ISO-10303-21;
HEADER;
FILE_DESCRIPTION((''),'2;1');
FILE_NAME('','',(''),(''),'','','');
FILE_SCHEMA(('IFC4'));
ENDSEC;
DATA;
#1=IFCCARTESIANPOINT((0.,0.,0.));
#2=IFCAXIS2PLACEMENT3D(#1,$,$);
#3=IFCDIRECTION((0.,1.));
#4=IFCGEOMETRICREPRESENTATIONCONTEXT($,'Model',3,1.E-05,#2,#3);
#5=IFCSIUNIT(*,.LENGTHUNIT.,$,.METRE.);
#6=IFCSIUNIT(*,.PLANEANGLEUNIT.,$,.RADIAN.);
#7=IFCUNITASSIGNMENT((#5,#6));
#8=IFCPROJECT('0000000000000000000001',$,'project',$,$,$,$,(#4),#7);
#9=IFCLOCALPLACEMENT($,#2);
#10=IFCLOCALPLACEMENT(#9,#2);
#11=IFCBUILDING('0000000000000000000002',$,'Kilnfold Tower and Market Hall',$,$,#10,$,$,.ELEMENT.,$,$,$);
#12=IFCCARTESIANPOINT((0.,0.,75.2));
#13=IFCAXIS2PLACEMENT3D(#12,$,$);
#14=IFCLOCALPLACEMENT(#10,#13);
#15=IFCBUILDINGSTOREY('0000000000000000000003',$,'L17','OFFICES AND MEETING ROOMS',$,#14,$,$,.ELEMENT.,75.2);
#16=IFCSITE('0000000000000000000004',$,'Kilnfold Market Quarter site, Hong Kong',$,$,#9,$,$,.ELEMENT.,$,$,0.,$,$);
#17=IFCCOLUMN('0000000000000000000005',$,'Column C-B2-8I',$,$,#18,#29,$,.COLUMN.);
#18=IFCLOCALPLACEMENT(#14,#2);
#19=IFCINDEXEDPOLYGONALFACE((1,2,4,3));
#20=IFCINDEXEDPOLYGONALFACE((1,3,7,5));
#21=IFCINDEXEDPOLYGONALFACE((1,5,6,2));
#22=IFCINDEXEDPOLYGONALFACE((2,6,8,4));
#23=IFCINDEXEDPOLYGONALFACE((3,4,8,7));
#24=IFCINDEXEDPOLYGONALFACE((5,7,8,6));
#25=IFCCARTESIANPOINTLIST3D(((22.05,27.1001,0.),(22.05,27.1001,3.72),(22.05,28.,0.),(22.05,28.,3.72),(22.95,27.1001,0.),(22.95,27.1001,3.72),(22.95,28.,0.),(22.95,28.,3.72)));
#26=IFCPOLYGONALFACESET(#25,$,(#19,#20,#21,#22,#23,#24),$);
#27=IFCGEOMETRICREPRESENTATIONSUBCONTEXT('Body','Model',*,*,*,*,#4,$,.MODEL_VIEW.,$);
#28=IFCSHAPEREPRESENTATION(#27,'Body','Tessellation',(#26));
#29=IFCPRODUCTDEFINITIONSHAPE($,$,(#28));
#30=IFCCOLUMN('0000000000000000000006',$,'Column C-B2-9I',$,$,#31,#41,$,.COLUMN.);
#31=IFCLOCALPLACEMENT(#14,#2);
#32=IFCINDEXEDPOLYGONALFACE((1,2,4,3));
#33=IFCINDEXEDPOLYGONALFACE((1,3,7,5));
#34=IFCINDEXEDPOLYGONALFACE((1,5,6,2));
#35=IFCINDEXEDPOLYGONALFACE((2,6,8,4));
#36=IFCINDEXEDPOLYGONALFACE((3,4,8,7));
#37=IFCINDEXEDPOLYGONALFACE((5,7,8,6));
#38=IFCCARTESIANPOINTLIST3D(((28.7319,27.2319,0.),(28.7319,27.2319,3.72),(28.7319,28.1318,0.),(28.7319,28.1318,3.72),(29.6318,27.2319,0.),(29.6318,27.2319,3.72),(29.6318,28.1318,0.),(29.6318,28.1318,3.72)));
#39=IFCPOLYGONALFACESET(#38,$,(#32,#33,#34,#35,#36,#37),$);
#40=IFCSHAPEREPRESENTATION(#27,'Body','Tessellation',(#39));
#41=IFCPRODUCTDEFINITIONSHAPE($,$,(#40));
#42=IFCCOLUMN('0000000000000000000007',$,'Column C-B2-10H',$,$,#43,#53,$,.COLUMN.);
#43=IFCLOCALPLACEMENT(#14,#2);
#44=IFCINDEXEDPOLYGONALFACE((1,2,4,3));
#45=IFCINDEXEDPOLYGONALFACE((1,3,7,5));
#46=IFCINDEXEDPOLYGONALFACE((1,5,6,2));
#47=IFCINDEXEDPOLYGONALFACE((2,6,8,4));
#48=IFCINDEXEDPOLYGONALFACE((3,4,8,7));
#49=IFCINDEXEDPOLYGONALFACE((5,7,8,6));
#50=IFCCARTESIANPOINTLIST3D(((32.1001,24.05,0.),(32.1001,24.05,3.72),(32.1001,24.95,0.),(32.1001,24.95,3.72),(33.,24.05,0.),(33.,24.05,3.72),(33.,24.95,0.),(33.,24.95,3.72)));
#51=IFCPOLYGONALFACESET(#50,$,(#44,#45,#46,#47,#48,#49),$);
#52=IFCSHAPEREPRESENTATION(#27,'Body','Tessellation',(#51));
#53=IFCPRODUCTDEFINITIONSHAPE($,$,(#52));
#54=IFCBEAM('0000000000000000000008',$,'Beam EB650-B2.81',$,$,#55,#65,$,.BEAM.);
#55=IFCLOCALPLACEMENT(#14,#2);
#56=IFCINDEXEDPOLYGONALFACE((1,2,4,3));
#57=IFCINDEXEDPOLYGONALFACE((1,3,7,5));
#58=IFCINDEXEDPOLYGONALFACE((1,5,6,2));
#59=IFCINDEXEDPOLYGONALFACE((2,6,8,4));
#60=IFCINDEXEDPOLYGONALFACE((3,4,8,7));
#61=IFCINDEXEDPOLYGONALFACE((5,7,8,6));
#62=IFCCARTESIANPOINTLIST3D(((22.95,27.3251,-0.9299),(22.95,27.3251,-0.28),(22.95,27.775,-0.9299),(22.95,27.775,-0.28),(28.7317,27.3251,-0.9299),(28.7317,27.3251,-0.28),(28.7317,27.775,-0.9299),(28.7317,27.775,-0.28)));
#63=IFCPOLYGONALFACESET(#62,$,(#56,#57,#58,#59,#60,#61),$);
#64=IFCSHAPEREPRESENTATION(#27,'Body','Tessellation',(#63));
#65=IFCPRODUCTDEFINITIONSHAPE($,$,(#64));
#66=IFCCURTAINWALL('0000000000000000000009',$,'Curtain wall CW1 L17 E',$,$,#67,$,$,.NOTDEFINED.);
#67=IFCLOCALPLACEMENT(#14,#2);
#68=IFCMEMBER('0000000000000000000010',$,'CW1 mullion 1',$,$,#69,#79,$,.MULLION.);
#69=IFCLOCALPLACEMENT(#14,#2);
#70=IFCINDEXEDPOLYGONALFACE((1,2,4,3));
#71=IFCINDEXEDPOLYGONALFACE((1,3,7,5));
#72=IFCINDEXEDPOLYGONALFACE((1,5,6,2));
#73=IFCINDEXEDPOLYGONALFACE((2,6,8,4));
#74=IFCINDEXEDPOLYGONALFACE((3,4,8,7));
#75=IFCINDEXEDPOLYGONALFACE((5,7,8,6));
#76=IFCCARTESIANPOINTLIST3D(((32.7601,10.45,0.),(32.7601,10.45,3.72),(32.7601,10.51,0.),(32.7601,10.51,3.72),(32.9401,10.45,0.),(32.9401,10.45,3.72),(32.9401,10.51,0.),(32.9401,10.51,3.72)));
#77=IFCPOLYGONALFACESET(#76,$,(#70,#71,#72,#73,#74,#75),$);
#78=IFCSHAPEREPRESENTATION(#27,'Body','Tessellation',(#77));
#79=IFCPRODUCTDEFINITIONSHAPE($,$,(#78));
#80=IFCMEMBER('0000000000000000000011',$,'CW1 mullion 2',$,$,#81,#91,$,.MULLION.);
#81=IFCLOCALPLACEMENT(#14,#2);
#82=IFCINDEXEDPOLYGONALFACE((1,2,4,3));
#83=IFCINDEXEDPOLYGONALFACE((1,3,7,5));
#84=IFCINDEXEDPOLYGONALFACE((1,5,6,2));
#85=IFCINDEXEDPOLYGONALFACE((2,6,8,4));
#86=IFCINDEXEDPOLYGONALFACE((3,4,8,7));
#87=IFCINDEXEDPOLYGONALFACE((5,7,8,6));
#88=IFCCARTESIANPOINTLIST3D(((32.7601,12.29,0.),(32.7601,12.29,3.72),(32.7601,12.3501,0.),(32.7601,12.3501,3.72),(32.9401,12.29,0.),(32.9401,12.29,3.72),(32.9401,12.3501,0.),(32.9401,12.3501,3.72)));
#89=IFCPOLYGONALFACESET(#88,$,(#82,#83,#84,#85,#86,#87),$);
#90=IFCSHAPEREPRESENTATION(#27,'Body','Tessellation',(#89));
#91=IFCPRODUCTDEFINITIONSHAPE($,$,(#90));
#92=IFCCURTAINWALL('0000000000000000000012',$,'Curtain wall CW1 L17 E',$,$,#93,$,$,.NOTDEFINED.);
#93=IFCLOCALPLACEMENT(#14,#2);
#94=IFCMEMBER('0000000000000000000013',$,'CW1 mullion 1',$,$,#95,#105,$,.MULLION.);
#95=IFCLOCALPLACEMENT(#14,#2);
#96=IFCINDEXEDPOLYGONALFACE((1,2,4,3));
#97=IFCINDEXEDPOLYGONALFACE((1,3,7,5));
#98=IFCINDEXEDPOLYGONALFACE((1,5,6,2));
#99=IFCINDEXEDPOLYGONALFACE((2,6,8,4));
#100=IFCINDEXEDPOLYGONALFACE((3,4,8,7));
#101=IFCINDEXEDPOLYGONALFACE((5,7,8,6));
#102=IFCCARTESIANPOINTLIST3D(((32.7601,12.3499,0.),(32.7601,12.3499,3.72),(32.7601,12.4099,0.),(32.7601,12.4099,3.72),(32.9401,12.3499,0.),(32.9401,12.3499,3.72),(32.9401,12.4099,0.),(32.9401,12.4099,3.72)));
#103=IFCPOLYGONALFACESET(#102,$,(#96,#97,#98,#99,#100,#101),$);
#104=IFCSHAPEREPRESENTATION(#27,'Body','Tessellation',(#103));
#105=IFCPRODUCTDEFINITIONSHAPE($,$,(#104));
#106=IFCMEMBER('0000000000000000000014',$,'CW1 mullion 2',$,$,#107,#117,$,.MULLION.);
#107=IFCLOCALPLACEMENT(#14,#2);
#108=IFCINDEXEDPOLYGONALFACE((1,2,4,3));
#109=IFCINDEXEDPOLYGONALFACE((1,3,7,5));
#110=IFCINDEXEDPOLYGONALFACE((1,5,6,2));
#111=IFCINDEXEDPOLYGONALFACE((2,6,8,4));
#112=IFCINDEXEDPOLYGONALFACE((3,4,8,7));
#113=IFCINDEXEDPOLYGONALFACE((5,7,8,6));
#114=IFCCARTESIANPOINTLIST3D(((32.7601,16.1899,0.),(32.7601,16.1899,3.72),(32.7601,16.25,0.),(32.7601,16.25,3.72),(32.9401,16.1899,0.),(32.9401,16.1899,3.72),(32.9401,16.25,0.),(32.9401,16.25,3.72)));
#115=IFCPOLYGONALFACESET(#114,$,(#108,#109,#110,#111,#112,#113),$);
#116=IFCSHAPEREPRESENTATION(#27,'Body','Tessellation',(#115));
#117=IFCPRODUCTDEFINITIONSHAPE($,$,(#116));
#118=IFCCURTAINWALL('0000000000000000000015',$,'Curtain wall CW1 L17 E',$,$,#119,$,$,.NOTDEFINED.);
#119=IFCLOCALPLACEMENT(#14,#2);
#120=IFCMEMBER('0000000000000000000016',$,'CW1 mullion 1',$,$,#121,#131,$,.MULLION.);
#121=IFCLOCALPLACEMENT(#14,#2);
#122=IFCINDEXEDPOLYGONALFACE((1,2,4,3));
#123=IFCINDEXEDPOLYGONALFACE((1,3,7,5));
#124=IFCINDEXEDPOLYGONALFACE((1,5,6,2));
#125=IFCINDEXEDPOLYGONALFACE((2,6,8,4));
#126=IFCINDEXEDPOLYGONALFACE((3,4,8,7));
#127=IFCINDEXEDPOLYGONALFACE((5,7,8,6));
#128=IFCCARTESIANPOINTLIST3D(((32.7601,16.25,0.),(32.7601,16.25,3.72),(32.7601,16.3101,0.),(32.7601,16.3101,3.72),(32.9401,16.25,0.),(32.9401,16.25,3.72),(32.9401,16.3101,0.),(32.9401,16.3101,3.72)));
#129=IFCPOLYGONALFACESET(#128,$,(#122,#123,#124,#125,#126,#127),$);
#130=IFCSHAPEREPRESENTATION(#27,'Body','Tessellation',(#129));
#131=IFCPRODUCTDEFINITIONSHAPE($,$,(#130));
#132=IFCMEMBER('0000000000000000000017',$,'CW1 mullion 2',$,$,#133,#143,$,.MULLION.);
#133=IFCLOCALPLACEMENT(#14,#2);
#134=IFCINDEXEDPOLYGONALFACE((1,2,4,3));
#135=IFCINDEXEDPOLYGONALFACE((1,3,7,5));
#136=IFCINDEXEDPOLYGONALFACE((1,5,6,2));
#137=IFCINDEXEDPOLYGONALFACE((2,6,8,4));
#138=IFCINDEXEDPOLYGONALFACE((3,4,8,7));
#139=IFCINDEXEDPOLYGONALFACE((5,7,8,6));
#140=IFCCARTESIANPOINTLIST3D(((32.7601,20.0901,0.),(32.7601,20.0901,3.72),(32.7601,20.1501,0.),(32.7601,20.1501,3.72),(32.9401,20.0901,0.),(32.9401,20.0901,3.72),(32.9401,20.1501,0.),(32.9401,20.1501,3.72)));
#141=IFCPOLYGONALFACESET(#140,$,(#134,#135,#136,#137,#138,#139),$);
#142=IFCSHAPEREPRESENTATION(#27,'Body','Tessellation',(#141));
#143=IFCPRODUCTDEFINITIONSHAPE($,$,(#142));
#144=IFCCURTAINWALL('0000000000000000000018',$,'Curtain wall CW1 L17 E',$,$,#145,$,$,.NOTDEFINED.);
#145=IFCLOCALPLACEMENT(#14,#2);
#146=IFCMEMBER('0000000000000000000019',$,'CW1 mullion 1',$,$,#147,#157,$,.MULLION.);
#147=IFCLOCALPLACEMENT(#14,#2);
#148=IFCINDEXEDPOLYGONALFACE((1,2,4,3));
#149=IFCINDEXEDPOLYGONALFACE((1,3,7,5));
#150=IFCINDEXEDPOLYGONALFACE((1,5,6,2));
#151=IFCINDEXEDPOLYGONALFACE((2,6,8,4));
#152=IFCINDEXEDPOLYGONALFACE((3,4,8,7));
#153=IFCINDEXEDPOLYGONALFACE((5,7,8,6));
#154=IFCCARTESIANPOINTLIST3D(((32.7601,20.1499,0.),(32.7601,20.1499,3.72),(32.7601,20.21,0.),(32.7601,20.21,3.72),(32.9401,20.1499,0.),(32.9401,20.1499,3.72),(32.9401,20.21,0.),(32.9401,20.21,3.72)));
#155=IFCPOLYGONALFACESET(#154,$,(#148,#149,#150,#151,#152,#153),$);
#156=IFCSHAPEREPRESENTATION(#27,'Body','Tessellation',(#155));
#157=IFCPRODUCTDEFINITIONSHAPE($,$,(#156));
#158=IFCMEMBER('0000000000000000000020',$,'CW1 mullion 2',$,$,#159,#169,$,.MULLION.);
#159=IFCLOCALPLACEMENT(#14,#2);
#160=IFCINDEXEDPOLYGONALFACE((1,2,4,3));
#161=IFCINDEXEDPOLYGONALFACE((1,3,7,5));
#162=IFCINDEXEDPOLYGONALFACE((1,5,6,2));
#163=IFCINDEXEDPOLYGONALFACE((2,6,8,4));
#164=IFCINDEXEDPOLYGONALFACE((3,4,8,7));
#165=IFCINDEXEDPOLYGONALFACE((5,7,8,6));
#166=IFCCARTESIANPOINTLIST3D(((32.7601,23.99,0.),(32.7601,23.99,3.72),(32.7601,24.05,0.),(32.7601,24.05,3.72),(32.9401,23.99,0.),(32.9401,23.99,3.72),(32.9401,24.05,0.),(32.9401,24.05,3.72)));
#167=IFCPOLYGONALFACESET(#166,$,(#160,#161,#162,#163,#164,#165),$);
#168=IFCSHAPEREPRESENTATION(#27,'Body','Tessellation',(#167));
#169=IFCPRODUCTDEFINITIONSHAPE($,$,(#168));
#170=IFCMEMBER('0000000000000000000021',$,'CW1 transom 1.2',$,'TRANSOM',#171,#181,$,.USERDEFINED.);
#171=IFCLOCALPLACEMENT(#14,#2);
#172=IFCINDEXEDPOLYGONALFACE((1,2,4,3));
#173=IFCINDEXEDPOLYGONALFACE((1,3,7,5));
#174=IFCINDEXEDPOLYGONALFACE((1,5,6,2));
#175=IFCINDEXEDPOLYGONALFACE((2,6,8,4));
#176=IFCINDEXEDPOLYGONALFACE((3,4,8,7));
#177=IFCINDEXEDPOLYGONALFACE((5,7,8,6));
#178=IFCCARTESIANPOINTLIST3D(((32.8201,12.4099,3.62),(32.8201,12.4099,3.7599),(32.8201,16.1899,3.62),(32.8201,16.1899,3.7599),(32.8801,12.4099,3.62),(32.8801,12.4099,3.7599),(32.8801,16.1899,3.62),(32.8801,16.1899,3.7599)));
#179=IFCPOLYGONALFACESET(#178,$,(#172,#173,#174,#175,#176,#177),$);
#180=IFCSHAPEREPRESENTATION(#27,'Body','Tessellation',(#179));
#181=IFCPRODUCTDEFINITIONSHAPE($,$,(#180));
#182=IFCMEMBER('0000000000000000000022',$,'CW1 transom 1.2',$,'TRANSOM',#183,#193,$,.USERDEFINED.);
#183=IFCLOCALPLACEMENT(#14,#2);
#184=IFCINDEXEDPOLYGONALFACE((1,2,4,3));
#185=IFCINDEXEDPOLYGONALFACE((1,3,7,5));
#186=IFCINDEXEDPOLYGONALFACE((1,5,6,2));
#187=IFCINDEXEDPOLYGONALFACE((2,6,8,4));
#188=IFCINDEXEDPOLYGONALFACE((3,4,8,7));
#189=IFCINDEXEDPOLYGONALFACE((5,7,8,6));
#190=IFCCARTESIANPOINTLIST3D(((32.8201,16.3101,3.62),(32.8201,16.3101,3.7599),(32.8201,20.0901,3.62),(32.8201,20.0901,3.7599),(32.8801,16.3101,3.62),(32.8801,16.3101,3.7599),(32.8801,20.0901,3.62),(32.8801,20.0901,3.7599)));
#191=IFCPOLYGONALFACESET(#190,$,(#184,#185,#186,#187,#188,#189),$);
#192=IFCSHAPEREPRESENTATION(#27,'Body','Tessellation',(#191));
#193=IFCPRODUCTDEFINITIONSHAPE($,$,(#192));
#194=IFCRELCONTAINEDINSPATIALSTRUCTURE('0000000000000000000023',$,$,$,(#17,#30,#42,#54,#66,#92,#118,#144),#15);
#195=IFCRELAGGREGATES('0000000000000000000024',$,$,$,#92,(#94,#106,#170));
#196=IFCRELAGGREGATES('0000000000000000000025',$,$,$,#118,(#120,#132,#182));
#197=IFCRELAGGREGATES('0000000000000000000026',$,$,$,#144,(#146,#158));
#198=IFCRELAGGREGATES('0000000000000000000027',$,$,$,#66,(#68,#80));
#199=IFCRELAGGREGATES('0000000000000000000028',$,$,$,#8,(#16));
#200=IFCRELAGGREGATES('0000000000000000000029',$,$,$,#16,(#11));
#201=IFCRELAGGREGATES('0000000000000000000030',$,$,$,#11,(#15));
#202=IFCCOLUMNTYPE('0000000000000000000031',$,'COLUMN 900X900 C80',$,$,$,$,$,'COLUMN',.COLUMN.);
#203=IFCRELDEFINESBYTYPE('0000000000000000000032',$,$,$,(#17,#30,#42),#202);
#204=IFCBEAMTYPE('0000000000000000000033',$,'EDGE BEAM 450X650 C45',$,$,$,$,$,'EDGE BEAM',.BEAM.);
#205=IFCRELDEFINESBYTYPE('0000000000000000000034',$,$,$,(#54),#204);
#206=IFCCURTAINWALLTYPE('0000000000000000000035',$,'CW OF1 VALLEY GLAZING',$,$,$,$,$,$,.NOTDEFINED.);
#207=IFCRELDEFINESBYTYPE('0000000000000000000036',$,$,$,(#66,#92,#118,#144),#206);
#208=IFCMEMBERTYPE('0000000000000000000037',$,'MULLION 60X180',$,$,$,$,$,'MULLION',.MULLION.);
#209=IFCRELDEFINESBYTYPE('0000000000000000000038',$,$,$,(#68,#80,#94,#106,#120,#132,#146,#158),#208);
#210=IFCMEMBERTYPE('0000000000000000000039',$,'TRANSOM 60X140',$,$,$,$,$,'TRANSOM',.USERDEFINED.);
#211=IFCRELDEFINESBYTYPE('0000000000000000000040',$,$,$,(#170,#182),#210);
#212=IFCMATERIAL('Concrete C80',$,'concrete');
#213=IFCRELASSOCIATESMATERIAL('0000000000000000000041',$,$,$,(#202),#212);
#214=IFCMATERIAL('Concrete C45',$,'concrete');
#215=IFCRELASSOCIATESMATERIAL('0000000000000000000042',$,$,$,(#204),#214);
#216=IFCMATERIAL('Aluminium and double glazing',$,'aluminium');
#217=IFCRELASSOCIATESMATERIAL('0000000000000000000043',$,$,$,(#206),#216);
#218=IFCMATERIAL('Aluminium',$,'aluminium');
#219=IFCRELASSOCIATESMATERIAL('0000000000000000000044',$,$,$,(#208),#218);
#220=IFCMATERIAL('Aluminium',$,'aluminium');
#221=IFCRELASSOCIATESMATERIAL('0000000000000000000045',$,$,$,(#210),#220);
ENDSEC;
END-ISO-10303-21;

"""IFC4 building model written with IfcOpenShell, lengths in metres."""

from ifc_helpers import new_model, si_unit, direction, frame, origin, origin_2d, place, context, subcontext, project, spatial, rectangle, extrude, source, transform, mapped, material, material_profile, profile_set, type_object, element, aggregate, save


model = new_model("IFC4")

# Units and contexts
model_context = context("Model", 3, precision=1e-05, world=origin(), true_north=direction((0.0, 1.0)))
body_context = subcontext(model_context, "Body", "Model", "MODEL_VIEW")
ifc_project = project(units=[si_unit("LENGTHUNIT", "METRE"), si_unit("PLANEANGLEUNIT", "RADIAN")], contexts=[model_context])

# Site, building, storey
site_placement = place(None, origin())
site = spatial("IfcSite", under=ifc_project, at=site_placement, Name="Kilnfold Market Quarter site, Hong Kong", CompositionType="ELEMENT", RefElevation=0.0)
building_placement = place(site_placement, origin())
building = spatial("IfcBuilding", under=site, at=building_placement, Name="Kilnfold Tower and Market Hall", CompositionType="ELEMENT")
storey_placement = place(building_placement, frame((0.0, 0.0, 75.2)))
storey = spatial("IfcBuildingStorey", under=building, at=storey_placement, Name="L17", Description="OFFICES AND MEETING ROOMS", CompositionType="ELEMENT", Elevation=75.2)

# Columns
ifc_material_1 = material(Name="Concrete C80", Category="concrete")
ifc_material_profile_1 = material_profile(ifc_material_1, rectangle(XDim=0.8999, YDim=0.8999, at=origin_2d()), Name="RC 900x900")
ifc_profile_set_1 = profile_set([ifc_material_profile_1], Name="Concrete C80")
column_type = type_object("IfcColumnType", Name="COLUMN 900X900 C80", ElementType="COLUMN", PredefinedType="COLUMN", material=ifc_profile_set_1)
shared_shape_1 = source(origin(), body_context, "Body", "SweptSolid", [
    extrude(rectangle(XDim=0.8999, YDim=0.8999, at=origin_2d()), origin(), (0.0, 0.0, 1.0), 3.72),
])
for number, where, z_axis, x_axis, name in (
    (1, (22.5, 27.55, 0.0), (0.0, 0.0, 1.0), (1.0, 0.0, 0.0), "Column C-B2-8I"),
    (2, (29.1819, 27.6819, 0.0), (0.0, 0.0, 1.0), (1.0, 0.0, 0.0), "Column C-B2-9I"),
    (3, (32.55, 24.5, 0.0), (0.0, 0.0, 1.0), (1.0, 0.0, 0.0), "Column C-B2-10H"),
):
    element("IfcColumn", number, at=place(storey_placement, frame(where, z_axis=z_axis, x_axis=x_axis)), inside=storey, type_object=column_type, Name=name, PredefinedType="COLUMN", context=body_context, shape_type="MappedRepresentation", body=[
        mapped(shared_shape_1, transform((0.0, 0.0, 0.0))),
    ])

# Beam
ifc_material_2 = material(Name="Concrete C45", Category="concrete")
ifc_material_profile_2 = material_profile(ifc_material_2, rectangle(XDim=0.45, YDim=0.6499, at=origin_2d()), Name="RC 450x650")
ifc_profile_set_2 = profile_set([ifc_material_profile_2], Name="Concrete C45")
beam_type = type_object("IfcBeamType", Name="EDGE BEAM 450X650 C45", ElementType="EDGE BEAM", PredefinedType="BEAM", material=ifc_profile_set_2)
shared_shape_2 = source(origin(), body_context, "Body", "SweptSolid", [
    extrude(rectangle(XDim=0.45, YDim=0.6499, at=origin_2d()), origin(), (0.0, 0.0, 1.0), 5.7817),
])
beam_placement = place(storey_placement, frame((22.95, 27.55, -0.605), z_axis=(1.0, 0.0, 0.0), x_axis=(0.0, 1.0, 0.0)))
element("IfcBeam", 4, at=beam_placement, inside=storey, type_object=beam_type, Name="Beam EB650-B2.81", PredefinedType="BEAM", context=body_context, shape_type="MappedRepresentation", body=[
    mapped(shared_shape_2, transform((0.0, 0.0, 0.0))),
])

# Curtain walls, members
ifc_material_3 = material(Name="Aluminium and double glazing", Category="aluminium")
curtain_wall_type = type_object("IfcCurtainWallType", Name="CW OF1 VALLEY GLAZING", PredefinedType="NOTDEFINED", material=ifc_material_3)
curtain_wall_1_placement = place(storey_placement, origin())
curtain_wall_1 = element("IfcCurtainWall", 5, at=curtain_wall_1_placement, inside=storey, type_object=curtain_wall_type, Name="Curtain wall CW1 L17 E", PredefinedType="NOTDEFINED")
ifc_material_4 = material(Name="Aluminium", Category="aluminium")
ifc_material_profile_3 = material_profile(ifc_material_4, rectangle(XDim=0.0601, YDim=0.1799, at=origin_2d()), Name="MULLION 60x180")
ifc_profile_set_3 = profile_set([ifc_material_profile_3], Name="Aluminium")
member_type_1 = type_object("IfcMemberType", Name="MULLION 60X180", ElementType="MULLION", PredefinedType="MULLION", material=ifc_profile_set_3)
shared_shape_3 = source(origin(), body_context, "Body", "SweptSolid", [
    extrude(rectangle(XDim=0.0601, YDim=0.1799, at=origin_2d()), origin(), (0.0, 0.0, 1.0), 3.72),
])
member_1_placement = place(storey_placement, frame((32.8501, 10.48, 0.0), z_axis=(0.0, 0.0, 1.0), x_axis=(0.0, 1.0, 0.0)))
member_1 = element("IfcMember", 6, at=member_1_placement, type_object=member_type_1, Name="CW1 mullion 1", PredefinedType="MULLION", context=body_context, shape_type="MappedRepresentation", body=[
    mapped(shared_shape_3, transform((0.0, 0.0, 0.0))),
])
member_2_placement = place(storey_placement, frame((32.8501, 12.3201, 0.0), z_axis=(0.0, 0.0, 1.0), x_axis=(0.0, 1.0, 0.0)))
member_2 = element("IfcMember", 7, at=member_2_placement, type_object=member_type_1, Name="CW1 mullion 2", PredefinedType="MULLION", context=body_context, shape_type="MappedRepresentation", body=[
    mapped(shared_shape_3, transform((0.0, 0.0, 0.0))),
])
curtain_wall_2_placement = place(storey_placement, origin())
curtain_wall_2 = element("IfcCurtainWall", 8, at=curtain_wall_2_placement, inside=storey, type_object=curtain_wall_type, Name="Curtain wall CW1 L17 E", PredefinedType="NOTDEFINED")
member_3_placement = place(storey_placement, frame((32.8501, 12.3799, 0.0), z_axis=(0.0, 0.0, 1.0), x_axis=(0.0, 1.0, 0.0)))
member_3 = element("IfcMember", 9, at=member_3_placement, type_object=member_type_1, Name="CW1 mullion 1", PredefinedType="MULLION", context=body_context, shape_type="MappedRepresentation", body=[
    mapped(shared_shape_3, transform((0.0, 0.0, 0.0))),
])
member_4_placement = place(storey_placement, frame((32.8501, 16.22, 0.0), z_axis=(0.0, 0.0, 1.0), x_axis=(0.0, 1.0, 0.0)))
member_4 = element("IfcMember", 10, at=member_4_placement, type_object=member_type_1, Name="CW1 mullion 2", PredefinedType="MULLION", context=body_context, shape_type="MappedRepresentation", body=[
    mapped(shared_shape_3, transform((0.0, 0.0, 0.0))),
])
curtain_wall_3_placement = place(storey_placement, origin())
curtain_wall_3 = element("IfcCurtainWall", 11, at=curtain_wall_3_placement, inside=storey, type_object=curtain_wall_type, Name="Curtain wall CW1 L17 E", PredefinedType="NOTDEFINED")
member_5_placement = place(storey_placement, frame((32.8501, 16.28, 0.0), z_axis=(0.0, 0.0, 1.0), x_axis=(0.0, 1.0, 0.0)))
member_5 = element("IfcMember", 12, at=member_5_placement, type_object=member_type_1, Name="CW1 mullion 1", PredefinedType="MULLION", context=body_context, shape_type="MappedRepresentation", body=[
    mapped(shared_shape_3, transform((0.0, 0.0, 0.0))),
])
member_6_placement = place(storey_placement, frame((32.8501, 20.1201, 0.0), z_axis=(0.0, 0.0, 1.0), x_axis=(0.0, 1.0, 0.0)))
member_6 = element("IfcMember", 13, at=member_6_placement, type_object=member_type_1, Name="CW1 mullion 2", PredefinedType="MULLION", context=body_context, shape_type="MappedRepresentation", body=[
    mapped(shared_shape_3, transform((0.0, 0.0, 0.0))),
])
curtain_wall_4_placement = place(storey_placement, origin())
curtain_wall_4 = element("IfcCurtainWall", 14, at=curtain_wall_4_placement, inside=storey, type_object=curtain_wall_type, Name="Curtain wall CW1 L17 E", PredefinedType="NOTDEFINED")
member_7_placement = place(storey_placement, frame((32.8501, 20.1799, 0.0), z_axis=(0.0, 0.0, 1.0), x_axis=(0.0, 1.0, 0.0)))
member_7 = element("IfcMember", 15, at=member_7_placement, type_object=member_type_1, Name="CW1 mullion 1", PredefinedType="MULLION", context=body_context, shape_type="MappedRepresentation", body=[
    mapped(shared_shape_3, transform((0.0, 0.0, 0.0))),
])
member_8_placement = place(storey_placement, frame((32.8501, 24.02, 0.0), z_axis=(0.0, 0.0, 1.0), x_axis=(0.0, 1.0, 0.0)))
member_8 = element("IfcMember", 16, at=member_8_placement, type_object=member_type_1, Name="CW1 mullion 2", PredefinedType="MULLION", context=body_context, shape_type="MappedRepresentation", body=[
    mapped(shared_shape_3, transform((0.0, 0.0, 0.0))),
])

# Members
ifc_material_5 = material(Name="Aluminium", Category="aluminium")
ifc_material_profile_4 = material_profile(ifc_material_5, rectangle(XDim=0.0601, YDim=0.1399, at=origin_2d()), Name="TRANSOM 60x140")
ifc_profile_set_4 = profile_set([ifc_material_profile_4], Name="Aluminium")
member_type_2 = type_object("IfcMemberType", Name="TRANSOM 60X140", ElementType="TRANSOM", PredefinedType="USERDEFINED", material=ifc_profile_set_4)
shared_shape_4 = source(origin(), body_context, "Body", "SweptSolid", [
    extrude(rectangle(XDim=0.0601, YDim=0.1399, at=origin_2d()), origin(), (0.0, 0.0, 1.0), 3.78),
])
member_9_placement = place(storey_placement, frame((32.8501, 12.4099, 3.6899), z_axis=(0.0, 1.0, 0.0), x_axis=(-1.0, 0.0, 0.0)))
member_9 = element("IfcMember", 17, at=member_9_placement, type_object=member_type_2, Name="CW1 transom 1.2", ObjectType="TRANSOM", PredefinedType="USERDEFINED", context=body_context, shape_type="MappedRepresentation", body=[
    mapped(shared_shape_4, transform((0.0, 0.0, 0.0))),
])
member_10_placement = place(storey_placement, frame((32.8501, 16.3101, 3.6899), z_axis=(0.0, 1.0, 0.0), x_axis=(-1.0, 0.0, 0.0)))
member_10 = element("IfcMember", 18, at=member_10_placement, type_object=member_type_2, Name="CW1 transom 1.2", ObjectType="TRANSOM", PredefinedType="USERDEFINED", context=body_context, shape_type="MappedRepresentation", body=[
    mapped(shared_shape_4, transform((0.0, 0.0, 0.0))),
])

aggregate(curtain_wall_2, [member_3, member_4, member_9])
aggregate(curtain_wall_3, [member_5, member_6, member_10])
aggregate(curtain_wall_4, [member_7, member_8])
aggregate(curtain_wall_1, [member_1, member_2])

save(model, "model.ifc")
